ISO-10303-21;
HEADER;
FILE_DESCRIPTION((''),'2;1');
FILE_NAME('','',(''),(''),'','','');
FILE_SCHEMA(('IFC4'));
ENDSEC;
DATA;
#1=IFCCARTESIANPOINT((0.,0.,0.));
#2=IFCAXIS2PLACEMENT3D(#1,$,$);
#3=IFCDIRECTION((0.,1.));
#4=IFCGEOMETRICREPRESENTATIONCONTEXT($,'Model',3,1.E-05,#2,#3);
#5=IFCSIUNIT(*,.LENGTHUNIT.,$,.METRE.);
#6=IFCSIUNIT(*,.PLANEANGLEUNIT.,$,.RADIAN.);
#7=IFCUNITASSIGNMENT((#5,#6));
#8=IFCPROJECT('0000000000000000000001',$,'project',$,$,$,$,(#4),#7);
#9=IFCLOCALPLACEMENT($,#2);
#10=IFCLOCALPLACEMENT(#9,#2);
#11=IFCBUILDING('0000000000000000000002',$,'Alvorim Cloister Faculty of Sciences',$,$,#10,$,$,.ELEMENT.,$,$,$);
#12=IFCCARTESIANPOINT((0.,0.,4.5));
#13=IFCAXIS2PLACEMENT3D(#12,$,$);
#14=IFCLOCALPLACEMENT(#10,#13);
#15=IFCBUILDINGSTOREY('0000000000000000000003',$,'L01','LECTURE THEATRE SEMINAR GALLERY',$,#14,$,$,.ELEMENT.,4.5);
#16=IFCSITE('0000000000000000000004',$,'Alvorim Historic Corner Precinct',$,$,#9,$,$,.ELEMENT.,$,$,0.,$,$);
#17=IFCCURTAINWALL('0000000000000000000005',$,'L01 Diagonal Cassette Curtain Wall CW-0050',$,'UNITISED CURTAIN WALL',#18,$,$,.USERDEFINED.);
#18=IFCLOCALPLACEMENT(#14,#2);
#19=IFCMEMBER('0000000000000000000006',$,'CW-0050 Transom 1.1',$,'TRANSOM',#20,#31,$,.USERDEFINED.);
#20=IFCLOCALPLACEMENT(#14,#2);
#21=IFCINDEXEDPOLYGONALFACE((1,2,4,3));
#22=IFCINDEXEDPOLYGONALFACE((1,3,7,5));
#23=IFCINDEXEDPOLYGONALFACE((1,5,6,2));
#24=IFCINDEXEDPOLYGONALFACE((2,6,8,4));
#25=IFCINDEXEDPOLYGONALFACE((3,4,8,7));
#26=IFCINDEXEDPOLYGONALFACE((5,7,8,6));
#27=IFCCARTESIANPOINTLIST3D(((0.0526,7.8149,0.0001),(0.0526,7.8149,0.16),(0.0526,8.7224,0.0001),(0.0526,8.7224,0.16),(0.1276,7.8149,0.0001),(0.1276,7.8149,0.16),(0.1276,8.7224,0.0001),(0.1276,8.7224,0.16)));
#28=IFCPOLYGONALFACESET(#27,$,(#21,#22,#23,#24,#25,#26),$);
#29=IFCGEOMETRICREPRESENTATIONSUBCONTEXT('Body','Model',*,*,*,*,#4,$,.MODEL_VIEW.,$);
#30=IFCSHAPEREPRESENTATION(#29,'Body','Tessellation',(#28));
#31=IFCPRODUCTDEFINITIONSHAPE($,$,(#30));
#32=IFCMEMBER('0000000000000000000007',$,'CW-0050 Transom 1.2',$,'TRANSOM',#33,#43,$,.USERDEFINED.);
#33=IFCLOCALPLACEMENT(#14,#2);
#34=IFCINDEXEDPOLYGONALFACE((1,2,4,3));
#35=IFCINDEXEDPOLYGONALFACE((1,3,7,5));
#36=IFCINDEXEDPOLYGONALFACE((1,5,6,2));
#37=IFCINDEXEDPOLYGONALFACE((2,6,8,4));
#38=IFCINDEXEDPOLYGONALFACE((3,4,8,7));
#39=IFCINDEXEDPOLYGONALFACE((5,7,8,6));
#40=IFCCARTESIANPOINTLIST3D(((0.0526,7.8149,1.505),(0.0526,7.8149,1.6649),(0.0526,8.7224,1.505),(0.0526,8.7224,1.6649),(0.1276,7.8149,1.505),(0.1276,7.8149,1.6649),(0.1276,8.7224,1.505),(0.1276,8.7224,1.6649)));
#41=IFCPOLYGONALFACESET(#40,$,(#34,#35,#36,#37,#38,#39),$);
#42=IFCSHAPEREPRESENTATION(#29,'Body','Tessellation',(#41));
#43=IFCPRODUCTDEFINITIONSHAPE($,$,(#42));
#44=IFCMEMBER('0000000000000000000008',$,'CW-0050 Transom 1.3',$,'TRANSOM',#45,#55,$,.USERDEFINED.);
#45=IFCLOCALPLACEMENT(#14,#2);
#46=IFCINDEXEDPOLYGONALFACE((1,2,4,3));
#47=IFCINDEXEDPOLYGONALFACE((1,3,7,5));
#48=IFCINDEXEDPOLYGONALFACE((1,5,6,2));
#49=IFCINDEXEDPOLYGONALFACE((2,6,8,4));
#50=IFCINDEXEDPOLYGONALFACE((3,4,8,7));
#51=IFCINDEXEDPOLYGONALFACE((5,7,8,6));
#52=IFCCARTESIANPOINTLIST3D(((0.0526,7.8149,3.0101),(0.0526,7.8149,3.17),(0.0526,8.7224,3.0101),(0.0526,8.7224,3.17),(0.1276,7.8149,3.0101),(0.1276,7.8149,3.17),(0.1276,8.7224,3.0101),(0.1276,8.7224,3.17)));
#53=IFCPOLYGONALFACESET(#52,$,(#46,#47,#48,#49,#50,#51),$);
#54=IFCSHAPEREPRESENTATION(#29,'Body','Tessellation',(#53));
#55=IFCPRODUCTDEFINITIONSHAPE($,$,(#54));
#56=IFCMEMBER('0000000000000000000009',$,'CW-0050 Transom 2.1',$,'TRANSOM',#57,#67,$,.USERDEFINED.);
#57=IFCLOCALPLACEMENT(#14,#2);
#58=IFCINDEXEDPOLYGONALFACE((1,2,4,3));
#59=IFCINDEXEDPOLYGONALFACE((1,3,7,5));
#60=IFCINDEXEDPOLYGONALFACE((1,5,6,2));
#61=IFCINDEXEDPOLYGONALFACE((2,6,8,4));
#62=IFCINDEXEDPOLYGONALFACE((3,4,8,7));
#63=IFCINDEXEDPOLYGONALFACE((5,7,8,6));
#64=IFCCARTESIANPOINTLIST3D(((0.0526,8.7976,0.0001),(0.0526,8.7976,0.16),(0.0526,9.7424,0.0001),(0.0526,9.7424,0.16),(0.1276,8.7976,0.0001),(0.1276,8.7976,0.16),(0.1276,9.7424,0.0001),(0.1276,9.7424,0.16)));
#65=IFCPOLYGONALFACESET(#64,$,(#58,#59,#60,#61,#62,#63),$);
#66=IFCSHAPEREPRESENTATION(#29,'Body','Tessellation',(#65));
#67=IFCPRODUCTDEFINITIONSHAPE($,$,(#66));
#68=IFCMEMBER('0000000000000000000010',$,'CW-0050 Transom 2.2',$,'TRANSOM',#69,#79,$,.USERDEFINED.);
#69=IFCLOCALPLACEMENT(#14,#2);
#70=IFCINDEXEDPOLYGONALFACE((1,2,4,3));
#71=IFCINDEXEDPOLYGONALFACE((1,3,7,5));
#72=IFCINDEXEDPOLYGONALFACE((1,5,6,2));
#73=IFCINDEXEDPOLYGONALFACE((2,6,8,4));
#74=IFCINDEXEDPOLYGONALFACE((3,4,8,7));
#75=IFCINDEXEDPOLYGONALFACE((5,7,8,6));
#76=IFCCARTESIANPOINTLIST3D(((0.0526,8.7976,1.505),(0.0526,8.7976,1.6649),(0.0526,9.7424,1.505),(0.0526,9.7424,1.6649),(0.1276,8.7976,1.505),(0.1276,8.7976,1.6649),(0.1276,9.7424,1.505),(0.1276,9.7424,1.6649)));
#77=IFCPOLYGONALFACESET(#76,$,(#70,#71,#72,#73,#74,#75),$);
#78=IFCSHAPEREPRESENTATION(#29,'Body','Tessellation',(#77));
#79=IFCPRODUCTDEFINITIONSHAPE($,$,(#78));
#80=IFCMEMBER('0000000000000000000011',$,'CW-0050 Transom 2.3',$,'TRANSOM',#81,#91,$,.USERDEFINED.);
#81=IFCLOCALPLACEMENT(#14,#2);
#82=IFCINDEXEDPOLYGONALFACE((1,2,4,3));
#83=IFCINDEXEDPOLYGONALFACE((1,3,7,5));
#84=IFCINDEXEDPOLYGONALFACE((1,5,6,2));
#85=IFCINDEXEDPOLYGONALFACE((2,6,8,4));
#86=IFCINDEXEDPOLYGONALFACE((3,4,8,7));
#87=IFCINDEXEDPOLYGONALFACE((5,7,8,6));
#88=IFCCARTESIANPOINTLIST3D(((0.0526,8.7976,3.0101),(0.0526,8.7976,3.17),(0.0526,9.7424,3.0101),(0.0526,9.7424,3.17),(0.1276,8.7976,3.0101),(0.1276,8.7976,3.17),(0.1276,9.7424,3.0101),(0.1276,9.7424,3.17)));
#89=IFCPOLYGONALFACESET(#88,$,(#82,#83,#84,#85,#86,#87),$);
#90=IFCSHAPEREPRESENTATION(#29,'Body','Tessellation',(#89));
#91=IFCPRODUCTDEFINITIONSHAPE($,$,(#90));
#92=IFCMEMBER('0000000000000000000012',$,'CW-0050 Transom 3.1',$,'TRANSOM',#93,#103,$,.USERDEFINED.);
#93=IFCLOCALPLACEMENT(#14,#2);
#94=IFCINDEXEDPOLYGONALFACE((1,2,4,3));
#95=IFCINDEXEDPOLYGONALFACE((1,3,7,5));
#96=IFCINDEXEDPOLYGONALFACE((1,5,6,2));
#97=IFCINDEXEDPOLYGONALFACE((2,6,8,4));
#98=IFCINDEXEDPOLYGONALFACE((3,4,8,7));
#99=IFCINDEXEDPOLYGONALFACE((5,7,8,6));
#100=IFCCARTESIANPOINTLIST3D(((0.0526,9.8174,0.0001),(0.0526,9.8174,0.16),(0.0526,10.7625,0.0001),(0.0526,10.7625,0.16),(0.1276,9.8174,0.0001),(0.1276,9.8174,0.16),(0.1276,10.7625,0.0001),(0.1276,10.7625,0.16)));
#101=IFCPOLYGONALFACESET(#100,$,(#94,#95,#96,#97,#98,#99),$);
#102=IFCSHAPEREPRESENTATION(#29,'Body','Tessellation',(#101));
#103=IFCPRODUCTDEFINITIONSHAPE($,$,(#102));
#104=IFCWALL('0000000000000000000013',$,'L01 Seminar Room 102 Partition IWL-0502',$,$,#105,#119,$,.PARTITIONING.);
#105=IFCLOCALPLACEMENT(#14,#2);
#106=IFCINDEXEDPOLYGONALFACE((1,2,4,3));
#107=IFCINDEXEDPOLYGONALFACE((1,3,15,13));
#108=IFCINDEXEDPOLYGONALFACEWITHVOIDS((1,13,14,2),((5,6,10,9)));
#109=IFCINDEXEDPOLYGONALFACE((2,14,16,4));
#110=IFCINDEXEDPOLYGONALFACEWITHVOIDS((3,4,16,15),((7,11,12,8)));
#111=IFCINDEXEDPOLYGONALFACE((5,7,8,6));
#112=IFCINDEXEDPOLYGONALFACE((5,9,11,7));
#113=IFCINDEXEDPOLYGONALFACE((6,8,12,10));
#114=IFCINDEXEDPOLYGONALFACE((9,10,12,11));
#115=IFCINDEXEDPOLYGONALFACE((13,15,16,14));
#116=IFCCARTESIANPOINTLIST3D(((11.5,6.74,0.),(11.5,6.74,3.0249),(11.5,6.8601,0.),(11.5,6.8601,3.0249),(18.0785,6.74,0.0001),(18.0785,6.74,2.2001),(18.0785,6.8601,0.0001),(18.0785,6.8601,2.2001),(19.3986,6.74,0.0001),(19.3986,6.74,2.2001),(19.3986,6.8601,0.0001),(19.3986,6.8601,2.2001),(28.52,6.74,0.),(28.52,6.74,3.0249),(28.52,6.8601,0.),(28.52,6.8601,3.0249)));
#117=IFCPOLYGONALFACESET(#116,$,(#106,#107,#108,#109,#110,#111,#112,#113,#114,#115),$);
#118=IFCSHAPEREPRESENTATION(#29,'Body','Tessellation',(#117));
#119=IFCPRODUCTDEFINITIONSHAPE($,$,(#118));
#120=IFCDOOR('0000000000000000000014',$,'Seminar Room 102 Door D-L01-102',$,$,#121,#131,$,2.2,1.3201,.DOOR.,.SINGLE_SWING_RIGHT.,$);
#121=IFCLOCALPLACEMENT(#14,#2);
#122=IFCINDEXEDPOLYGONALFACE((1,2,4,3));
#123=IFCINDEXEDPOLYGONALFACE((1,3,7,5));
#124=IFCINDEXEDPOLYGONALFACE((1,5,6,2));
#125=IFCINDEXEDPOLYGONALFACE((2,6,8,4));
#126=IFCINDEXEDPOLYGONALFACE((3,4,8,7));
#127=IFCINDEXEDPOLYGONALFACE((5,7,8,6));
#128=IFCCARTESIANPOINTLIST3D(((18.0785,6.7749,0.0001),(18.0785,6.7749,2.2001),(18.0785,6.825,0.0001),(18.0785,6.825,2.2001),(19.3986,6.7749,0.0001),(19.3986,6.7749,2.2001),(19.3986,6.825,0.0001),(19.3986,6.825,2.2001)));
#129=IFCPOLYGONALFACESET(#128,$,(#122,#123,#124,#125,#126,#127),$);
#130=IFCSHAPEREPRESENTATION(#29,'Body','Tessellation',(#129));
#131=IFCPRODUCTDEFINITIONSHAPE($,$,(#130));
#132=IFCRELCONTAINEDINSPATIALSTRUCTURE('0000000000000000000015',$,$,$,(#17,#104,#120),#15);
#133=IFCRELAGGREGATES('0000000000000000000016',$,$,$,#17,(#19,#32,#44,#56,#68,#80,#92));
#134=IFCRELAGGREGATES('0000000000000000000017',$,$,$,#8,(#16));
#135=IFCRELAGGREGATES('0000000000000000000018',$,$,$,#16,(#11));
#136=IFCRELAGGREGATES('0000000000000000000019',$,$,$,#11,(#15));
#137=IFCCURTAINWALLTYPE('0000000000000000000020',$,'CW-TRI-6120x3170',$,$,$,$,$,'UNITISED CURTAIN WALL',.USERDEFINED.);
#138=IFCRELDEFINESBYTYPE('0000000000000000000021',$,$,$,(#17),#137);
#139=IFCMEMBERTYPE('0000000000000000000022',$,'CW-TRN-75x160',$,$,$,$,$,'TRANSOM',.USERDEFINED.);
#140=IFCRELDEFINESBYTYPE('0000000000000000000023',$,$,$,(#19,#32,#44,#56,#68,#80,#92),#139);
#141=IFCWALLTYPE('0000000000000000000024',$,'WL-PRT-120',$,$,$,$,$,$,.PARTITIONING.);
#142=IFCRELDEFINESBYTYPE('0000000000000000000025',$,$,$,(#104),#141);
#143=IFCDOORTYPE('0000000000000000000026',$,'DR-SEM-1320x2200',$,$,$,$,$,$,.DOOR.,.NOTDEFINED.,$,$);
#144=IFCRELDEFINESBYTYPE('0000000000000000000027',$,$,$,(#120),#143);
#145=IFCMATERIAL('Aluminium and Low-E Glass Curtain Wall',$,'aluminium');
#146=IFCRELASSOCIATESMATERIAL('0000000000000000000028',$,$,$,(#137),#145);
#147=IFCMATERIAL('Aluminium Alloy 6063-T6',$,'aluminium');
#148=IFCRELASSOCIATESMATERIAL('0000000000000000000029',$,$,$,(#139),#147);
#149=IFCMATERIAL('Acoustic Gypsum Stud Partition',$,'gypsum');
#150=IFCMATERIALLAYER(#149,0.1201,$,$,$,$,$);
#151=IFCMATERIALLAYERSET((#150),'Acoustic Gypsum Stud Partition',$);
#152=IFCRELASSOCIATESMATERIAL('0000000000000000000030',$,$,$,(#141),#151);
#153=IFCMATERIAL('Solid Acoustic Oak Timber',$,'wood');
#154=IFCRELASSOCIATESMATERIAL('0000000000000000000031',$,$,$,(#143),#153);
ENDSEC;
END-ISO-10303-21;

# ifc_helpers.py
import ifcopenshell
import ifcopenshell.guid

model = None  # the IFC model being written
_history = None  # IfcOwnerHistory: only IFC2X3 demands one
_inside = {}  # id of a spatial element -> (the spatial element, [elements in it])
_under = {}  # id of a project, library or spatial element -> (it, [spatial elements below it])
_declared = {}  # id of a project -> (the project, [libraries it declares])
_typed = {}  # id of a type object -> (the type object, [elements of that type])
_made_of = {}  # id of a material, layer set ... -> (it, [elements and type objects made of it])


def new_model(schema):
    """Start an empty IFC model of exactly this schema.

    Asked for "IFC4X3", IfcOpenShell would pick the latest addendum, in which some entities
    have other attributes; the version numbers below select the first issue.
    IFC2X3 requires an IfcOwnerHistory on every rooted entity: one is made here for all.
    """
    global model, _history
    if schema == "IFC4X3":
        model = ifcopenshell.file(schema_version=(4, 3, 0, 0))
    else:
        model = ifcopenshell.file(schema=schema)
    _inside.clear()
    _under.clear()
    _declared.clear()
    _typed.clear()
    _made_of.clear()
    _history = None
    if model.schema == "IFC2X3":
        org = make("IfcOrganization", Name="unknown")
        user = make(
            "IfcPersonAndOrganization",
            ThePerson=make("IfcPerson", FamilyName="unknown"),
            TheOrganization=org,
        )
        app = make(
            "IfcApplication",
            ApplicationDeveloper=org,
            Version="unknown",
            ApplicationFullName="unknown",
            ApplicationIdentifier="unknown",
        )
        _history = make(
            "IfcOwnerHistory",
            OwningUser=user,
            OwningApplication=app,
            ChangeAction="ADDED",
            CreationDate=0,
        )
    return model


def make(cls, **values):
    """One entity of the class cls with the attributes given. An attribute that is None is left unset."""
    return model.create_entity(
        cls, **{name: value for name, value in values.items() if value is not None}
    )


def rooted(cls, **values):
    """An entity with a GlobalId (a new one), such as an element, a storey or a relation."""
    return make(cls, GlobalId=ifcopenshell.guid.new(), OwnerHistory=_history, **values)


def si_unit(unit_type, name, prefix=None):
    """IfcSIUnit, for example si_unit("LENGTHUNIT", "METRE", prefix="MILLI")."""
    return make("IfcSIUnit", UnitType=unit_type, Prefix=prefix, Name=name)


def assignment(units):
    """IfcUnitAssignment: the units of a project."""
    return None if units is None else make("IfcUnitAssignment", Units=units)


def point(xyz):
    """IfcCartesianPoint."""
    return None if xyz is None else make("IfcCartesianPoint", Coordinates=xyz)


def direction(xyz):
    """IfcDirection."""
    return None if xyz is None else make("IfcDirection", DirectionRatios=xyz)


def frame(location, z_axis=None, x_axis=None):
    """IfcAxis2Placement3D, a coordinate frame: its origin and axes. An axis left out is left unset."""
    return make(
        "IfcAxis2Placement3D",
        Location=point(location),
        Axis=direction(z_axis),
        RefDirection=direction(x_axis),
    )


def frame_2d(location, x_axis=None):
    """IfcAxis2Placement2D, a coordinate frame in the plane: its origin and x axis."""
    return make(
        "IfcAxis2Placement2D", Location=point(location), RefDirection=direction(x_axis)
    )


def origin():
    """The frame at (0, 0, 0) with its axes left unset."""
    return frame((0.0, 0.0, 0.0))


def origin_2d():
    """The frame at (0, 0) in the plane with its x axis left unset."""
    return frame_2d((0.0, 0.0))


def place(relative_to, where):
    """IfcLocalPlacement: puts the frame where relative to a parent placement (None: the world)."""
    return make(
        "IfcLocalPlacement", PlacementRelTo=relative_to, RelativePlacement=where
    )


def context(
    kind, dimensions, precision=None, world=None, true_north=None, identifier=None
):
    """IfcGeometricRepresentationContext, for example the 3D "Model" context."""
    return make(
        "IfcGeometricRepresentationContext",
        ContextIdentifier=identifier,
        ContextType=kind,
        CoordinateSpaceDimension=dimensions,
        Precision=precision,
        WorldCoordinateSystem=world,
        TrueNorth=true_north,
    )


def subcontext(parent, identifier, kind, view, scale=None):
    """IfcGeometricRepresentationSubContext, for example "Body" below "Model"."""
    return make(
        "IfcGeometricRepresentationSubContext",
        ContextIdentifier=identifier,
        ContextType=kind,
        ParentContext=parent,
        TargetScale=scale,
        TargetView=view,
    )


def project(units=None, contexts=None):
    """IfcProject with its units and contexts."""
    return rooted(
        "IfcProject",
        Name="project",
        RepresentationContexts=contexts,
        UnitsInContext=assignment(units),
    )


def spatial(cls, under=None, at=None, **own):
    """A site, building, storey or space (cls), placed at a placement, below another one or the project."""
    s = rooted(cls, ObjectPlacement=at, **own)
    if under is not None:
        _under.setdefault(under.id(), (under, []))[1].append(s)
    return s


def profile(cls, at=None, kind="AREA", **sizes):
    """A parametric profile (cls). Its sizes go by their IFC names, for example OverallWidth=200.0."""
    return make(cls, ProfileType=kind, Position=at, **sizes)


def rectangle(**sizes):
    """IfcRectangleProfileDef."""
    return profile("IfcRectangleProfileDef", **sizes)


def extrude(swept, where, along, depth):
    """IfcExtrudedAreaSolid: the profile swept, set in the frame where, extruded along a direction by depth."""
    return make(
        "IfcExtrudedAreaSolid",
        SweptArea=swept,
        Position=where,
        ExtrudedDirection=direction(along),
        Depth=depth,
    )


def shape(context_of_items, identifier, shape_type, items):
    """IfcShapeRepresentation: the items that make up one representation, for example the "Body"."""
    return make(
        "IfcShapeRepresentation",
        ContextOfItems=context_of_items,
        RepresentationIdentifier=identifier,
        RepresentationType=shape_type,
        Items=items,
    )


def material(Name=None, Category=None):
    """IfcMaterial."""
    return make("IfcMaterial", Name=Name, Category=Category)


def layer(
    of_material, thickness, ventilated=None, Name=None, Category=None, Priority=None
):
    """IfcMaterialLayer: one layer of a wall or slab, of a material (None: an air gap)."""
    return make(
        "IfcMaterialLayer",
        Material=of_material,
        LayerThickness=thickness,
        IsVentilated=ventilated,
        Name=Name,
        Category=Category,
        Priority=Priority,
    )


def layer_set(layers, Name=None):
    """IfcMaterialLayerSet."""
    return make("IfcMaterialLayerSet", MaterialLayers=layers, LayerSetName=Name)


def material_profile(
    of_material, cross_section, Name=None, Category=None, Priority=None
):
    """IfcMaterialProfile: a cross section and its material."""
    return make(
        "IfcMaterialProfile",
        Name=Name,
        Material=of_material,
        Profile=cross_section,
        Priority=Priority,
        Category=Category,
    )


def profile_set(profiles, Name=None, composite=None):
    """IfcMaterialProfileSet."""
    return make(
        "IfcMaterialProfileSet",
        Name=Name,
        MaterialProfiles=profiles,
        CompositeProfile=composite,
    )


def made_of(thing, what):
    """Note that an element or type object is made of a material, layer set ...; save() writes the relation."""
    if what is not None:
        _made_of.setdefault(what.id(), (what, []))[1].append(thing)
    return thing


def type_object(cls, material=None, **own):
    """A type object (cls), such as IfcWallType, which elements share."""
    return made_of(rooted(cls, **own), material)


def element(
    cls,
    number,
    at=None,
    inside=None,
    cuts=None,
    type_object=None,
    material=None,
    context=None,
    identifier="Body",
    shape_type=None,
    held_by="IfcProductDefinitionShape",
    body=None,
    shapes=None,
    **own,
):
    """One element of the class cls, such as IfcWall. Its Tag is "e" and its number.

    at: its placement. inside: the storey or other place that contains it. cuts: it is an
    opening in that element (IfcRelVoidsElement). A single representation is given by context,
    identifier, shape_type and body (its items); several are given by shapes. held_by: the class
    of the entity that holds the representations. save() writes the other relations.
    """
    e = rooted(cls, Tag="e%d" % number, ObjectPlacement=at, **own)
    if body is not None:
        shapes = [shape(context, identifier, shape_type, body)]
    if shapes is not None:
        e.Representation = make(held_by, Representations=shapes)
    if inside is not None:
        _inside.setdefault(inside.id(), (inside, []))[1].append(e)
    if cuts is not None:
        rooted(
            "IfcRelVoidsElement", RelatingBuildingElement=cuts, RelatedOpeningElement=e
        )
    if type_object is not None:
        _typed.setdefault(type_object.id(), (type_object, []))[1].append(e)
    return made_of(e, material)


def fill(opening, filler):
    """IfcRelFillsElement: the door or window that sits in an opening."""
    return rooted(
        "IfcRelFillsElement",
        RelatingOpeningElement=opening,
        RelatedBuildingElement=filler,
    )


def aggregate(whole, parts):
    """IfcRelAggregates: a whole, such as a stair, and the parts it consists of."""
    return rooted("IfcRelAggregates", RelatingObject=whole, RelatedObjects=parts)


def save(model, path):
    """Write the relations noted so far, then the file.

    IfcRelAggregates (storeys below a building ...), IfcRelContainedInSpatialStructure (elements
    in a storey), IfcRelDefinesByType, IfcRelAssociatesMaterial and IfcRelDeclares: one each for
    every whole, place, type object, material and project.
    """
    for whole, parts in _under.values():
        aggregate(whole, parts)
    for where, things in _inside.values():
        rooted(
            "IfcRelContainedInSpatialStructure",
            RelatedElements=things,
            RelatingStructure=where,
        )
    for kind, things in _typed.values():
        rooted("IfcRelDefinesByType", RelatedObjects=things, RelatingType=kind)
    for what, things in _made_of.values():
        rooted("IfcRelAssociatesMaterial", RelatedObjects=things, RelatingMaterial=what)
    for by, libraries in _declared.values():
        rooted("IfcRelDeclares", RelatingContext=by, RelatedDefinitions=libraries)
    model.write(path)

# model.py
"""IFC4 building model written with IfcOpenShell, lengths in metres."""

from ifc_helpers import new_model, si_unit, direction, frame, frame_2d, origin, origin_2d, place, context, subcontext, project, spatial, rectangle, extrude, material, layer, layer_set, material_profile, profile_set, type_object, element, fill, aggregate, save


model = new_model("IFC4")

# Units and contexts
model_context = context("Model", 3, precision=1e-05, world=origin(), true_north=direction((0.0, 1.0)))
body_context = subcontext(model_context, "Body", "Model", "MODEL_VIEW")
ifc_project = project(units=[si_unit("LENGTHUNIT", "METRE"), si_unit("PLANEANGLEUNIT", "RADIAN")], contexts=[model_context])

# Site, building, storey
site_placement = place(None, origin())
site = spatial("IfcSite", under=ifc_project, at=site_placement, Name="Alvorim Historic Corner Precinct", CompositionType="ELEMENT", RefElevation=0.0)
building_placement = place(site_placement, origin())
building = spatial("IfcBuilding", under=site, at=building_placement, Name="Alvorim Cloister Faculty of Sciences", CompositionType="ELEMENT")
storey_placement = place(building_placement, frame((0.0, 0.0, 4.5)))
storey = spatial("IfcBuildingStorey", under=building, at=storey_placement, Name="L01", Description="LECTURE THEATRE SEMINAR GALLERY", CompositionType="ELEMENT", Elevation=4.5)

# Curtain wall
ifc_material_1 = material(Name="Aluminium and Low-E Glass Curtain Wall", Category="aluminium")
curtain_wall_type = type_object("IfcCurtainWallType", Name="CW-TRI-6120x3170", ElementType="UNITISED CURTAIN WALL", PredefinedType="USERDEFINED", material=ifc_material_1)
ifc_material_2 = material(Name="Aluminium Alloy 6063-T6", Category="aluminium")
curtain_wall_1_placement = place(storey_placement, origin())
curtain_wall_1 = element("IfcCurtainWall", 1, at=curtain_wall_1_placement, inside=storey, type_object=curtain_wall_type, Name="L01 Diagonal Cassette Curtain Wall CW-0050", ObjectType="UNITISED CURTAIN WALL", PredefinedType="USERDEFINED")

# Members
ifc_material_profile_1 = material_profile(ifc_material_2, rectangle(XDim=0.075, YDim=0.1599, at=origin_2d()), Name="ALU-TRN-75x160")
ifc_profile_set_1 = profile_set([ifc_material_profile_1], Name="Aluminium Alloy 6063-T6")
member_type_1 = type_object("IfcMemberType", Name="CW-TRN-75x160", ElementType="TRANSOM", PredefinedType="USERDEFINED", material=ifc_profile_set_1)
member_1_placement = place(storey_placement, frame((0.0901, 7.8149, 0.0801), z_axis=(0.0, 1.0, 0.0), x_axis=(-1.0, 0.0, 0.0)))
member_1 = element("IfcMember", 2, at=member_1_placement, type_object=member_type_1, Name="CW-0050 Transom 1.1", ObjectType="TRANSOM", PredefinedType="USERDEFINED", context=body_context, shape_type="SweptSolid", body=[
    extrude(rectangle(XDim=0.075, YDim=0.1599, at=origin_2d()), origin(), (0.0, 0.0, 1.0), 0.9075),
])
member_2_placement = place(storey_placement, frame((0.0901, 7.8149, 1.585), z_axis=(0.0, 1.0, 0.0), x_axis=(-1.0, 0.0, 0.0)))
member_2 = element("IfcMember", 3, at=member_2_placement, type_object=member_type_1, Name="CW-0050 Transom 1.2", ObjectType="TRANSOM", PredefinedType="USERDEFINED", context=body_context, shape_type="SweptSolid", body=[
    extrude(rectangle(XDim=0.075, YDim=0.1599, at=origin_2d()), origin(), (0.0, 0.0, 1.0), 0.9075),
])
member_3_placement = place(storey_placement, frame((0.0901, 7.8149, 3.0901), z_axis=(0.0, 1.0, 0.0), x_axis=(-1.0, 0.0, 0.0)))
member_3 = element("IfcMember", 4, at=member_3_placement, type_object=member_type_1, Name="CW-0050 Transom 1.3", ObjectType="TRANSOM", PredefinedType="USERDEFINED", context=body_context, shape_type="SweptSolid", body=[
    extrude(rectangle(XDim=0.075, YDim=0.1599, at=origin_2d()), origin(), (0.0, 0.0, 1.0), 0.9075),
])
member_4_placement = place(storey_placement, frame((0.0901, 8.7976, 0.0801), z_axis=(0.0, 1.0, 0.0), x_axis=(-1.0, 0.0, 0.0)))
member_4 = element("IfcMember", 5, at=member_4_placement, type_object=member_type_1, Name="CW-0050 Transom 2.1", ObjectType="TRANSOM", PredefinedType="USERDEFINED", context=body_context, shape_type="SweptSolid", body=[
    extrude(rectangle(XDim=0.075, YDim=0.1599, at=origin_2d()), origin(), (0.0, 0.0, 1.0), 0.9448),
])
member_5_placement = place(storey_placement, frame((0.0901, 8.7976, 1.585), z_axis=(0.0, 1.0, 0.0), x_axis=(-1.0, 0.0, 0.0)))
member_5 = element("IfcMember", 6, at=member_5_placement, type_object=member_type_1, Name="CW-0050 Transom 2.2", ObjectType="TRANSOM", PredefinedType="USERDEFINED", context=body_context, shape_type="SweptSolid", body=[
    extrude(rectangle(XDim=0.075, YDim=0.1599, at=origin_2d()), origin(), (0.0, 0.0, 1.0), 0.9448),
])
member_6_placement = place(storey_placement, frame((0.0901, 8.7976, 3.0901), z_axis=(0.0, 1.0, 0.0), x_axis=(-1.0, 0.0, 0.0)))
member_6 = element("IfcMember", 7, at=member_6_placement, type_object=member_type_1, Name="CW-0050 Transom 2.3", ObjectType="TRANSOM", PredefinedType="USERDEFINED", context=body_context, shape_type="SweptSolid", body=[
    extrude(rectangle(XDim=0.075, YDim=0.1599, at=origin_2d()), origin(), (0.0, 0.0, 1.0), 0.9448),
])
member_7_placement = place(storey_placement, frame((0.0901, 9.8174, 0.0801), z_axis=(0.0, 1.0, 0.0), x_axis=(-1.0, 0.0, 0.0)))
member_7 = element("IfcMember", 8, at=member_7_placement, type_object=member_type_1, Name="CW-0050 Transom 3.1", ObjectType="TRANSOM", PredefinedType="USERDEFINED", context=body_context, shape_type="SweptSolid", body=[
    extrude(rectangle(XDim=0.075, YDim=0.1599, at=origin_2d()), origin(), (0.0, 0.0, 1.0), 0.9451),
])
aggregate(curtain_wall_1, [member_1, member_2, member_3, member_4, member_5, member_6, member_7])

# Wall, opening, door
ifc_material_3 = material(Name="Acoustic Gypsum Stud Partition", Category="gypsum")
ifc_layer = layer(ifc_material_3, 0.1201)
ifc_layer_set = layer_set([ifc_layer], Name="Acoustic Gypsum Stud Partition")
wall_type = type_object("IfcWallType", Name="WL-PRT-120", PredefinedType="PARTITIONING", material=ifc_layer_set)
wall_placement = place(storey_placement, frame((11.5, 6.8, 0.0), z_axis=(0.0, 0.0, 1.0), x_axis=(1.0, 0.0, 0.0)))
wall = element("IfcWall", 9, at=wall_placement, inside=storey, type_object=wall_type, Name="L01 Seminar Room 102 Partition IWL-0502", PredefinedType="PARTITIONING", context=body_context, shape_type="SweptSolid", body=[
    extrude(rectangle(XDim=17.02, YDim=0.1201, at=frame_2d((8.51, 0.0))), origin(), (0.0, 0.0, 1.0), 3.0249),
])
opening_placement = place(wall_placement, frame((6.5784, 0.0, 0.0)))
opening = element("IfcOpeningElement", 10, at=opening_placement, cuts=wall, PredefinedType="OPENING", context=body_context, shape_type="SweptSolid", body=[
    extrude(rectangle(XDim=1.3201, YDim=2.2, at=frame_2d((0.6602, 1.1001))), frame((0.0, 0.072, 0.0), z_axis=(0.0, -1.0, 0.0), x_axis=(1.0, 0.0, 0.0)), (0.0, 0.0, 1.0), 0.144),
])
ifc_material_4 = material(Name="Solid Acoustic Oak Timber", Category="wood")
door_type = type_object("IfcDoorType", Name="DR-SEM-1320x2200", OperationType="NOTDEFINED", PredefinedType="DOOR", material=ifc_material_4)
door_placement = place(opening_placement, origin())
door = element("IfcDoor", 11, at=door_placement, inside=storey, type_object=door_type, Name="Seminar Room 102 Door D-L01-102", OperationType="SINGLE_SWING_RIGHT", OverallHeight=2.2, OverallWidth=1.3201, PredefinedType="DOOR", context=body_context, shape_type="SweptSolid", body=[
    extrude(rectangle(XDim=1.3201, YDim=2.2, at=frame_2d((0.6602, 1.1001))), frame((0.0, 0.0249, 0.0), z_axis=(0.0, -1.0, 0.0), x_axis=(1.0, 0.0, 0.0)), (0.0, 0.0, 1.0), 0.05),
])
fill(opening, door)

save(model, "model.ifc")
